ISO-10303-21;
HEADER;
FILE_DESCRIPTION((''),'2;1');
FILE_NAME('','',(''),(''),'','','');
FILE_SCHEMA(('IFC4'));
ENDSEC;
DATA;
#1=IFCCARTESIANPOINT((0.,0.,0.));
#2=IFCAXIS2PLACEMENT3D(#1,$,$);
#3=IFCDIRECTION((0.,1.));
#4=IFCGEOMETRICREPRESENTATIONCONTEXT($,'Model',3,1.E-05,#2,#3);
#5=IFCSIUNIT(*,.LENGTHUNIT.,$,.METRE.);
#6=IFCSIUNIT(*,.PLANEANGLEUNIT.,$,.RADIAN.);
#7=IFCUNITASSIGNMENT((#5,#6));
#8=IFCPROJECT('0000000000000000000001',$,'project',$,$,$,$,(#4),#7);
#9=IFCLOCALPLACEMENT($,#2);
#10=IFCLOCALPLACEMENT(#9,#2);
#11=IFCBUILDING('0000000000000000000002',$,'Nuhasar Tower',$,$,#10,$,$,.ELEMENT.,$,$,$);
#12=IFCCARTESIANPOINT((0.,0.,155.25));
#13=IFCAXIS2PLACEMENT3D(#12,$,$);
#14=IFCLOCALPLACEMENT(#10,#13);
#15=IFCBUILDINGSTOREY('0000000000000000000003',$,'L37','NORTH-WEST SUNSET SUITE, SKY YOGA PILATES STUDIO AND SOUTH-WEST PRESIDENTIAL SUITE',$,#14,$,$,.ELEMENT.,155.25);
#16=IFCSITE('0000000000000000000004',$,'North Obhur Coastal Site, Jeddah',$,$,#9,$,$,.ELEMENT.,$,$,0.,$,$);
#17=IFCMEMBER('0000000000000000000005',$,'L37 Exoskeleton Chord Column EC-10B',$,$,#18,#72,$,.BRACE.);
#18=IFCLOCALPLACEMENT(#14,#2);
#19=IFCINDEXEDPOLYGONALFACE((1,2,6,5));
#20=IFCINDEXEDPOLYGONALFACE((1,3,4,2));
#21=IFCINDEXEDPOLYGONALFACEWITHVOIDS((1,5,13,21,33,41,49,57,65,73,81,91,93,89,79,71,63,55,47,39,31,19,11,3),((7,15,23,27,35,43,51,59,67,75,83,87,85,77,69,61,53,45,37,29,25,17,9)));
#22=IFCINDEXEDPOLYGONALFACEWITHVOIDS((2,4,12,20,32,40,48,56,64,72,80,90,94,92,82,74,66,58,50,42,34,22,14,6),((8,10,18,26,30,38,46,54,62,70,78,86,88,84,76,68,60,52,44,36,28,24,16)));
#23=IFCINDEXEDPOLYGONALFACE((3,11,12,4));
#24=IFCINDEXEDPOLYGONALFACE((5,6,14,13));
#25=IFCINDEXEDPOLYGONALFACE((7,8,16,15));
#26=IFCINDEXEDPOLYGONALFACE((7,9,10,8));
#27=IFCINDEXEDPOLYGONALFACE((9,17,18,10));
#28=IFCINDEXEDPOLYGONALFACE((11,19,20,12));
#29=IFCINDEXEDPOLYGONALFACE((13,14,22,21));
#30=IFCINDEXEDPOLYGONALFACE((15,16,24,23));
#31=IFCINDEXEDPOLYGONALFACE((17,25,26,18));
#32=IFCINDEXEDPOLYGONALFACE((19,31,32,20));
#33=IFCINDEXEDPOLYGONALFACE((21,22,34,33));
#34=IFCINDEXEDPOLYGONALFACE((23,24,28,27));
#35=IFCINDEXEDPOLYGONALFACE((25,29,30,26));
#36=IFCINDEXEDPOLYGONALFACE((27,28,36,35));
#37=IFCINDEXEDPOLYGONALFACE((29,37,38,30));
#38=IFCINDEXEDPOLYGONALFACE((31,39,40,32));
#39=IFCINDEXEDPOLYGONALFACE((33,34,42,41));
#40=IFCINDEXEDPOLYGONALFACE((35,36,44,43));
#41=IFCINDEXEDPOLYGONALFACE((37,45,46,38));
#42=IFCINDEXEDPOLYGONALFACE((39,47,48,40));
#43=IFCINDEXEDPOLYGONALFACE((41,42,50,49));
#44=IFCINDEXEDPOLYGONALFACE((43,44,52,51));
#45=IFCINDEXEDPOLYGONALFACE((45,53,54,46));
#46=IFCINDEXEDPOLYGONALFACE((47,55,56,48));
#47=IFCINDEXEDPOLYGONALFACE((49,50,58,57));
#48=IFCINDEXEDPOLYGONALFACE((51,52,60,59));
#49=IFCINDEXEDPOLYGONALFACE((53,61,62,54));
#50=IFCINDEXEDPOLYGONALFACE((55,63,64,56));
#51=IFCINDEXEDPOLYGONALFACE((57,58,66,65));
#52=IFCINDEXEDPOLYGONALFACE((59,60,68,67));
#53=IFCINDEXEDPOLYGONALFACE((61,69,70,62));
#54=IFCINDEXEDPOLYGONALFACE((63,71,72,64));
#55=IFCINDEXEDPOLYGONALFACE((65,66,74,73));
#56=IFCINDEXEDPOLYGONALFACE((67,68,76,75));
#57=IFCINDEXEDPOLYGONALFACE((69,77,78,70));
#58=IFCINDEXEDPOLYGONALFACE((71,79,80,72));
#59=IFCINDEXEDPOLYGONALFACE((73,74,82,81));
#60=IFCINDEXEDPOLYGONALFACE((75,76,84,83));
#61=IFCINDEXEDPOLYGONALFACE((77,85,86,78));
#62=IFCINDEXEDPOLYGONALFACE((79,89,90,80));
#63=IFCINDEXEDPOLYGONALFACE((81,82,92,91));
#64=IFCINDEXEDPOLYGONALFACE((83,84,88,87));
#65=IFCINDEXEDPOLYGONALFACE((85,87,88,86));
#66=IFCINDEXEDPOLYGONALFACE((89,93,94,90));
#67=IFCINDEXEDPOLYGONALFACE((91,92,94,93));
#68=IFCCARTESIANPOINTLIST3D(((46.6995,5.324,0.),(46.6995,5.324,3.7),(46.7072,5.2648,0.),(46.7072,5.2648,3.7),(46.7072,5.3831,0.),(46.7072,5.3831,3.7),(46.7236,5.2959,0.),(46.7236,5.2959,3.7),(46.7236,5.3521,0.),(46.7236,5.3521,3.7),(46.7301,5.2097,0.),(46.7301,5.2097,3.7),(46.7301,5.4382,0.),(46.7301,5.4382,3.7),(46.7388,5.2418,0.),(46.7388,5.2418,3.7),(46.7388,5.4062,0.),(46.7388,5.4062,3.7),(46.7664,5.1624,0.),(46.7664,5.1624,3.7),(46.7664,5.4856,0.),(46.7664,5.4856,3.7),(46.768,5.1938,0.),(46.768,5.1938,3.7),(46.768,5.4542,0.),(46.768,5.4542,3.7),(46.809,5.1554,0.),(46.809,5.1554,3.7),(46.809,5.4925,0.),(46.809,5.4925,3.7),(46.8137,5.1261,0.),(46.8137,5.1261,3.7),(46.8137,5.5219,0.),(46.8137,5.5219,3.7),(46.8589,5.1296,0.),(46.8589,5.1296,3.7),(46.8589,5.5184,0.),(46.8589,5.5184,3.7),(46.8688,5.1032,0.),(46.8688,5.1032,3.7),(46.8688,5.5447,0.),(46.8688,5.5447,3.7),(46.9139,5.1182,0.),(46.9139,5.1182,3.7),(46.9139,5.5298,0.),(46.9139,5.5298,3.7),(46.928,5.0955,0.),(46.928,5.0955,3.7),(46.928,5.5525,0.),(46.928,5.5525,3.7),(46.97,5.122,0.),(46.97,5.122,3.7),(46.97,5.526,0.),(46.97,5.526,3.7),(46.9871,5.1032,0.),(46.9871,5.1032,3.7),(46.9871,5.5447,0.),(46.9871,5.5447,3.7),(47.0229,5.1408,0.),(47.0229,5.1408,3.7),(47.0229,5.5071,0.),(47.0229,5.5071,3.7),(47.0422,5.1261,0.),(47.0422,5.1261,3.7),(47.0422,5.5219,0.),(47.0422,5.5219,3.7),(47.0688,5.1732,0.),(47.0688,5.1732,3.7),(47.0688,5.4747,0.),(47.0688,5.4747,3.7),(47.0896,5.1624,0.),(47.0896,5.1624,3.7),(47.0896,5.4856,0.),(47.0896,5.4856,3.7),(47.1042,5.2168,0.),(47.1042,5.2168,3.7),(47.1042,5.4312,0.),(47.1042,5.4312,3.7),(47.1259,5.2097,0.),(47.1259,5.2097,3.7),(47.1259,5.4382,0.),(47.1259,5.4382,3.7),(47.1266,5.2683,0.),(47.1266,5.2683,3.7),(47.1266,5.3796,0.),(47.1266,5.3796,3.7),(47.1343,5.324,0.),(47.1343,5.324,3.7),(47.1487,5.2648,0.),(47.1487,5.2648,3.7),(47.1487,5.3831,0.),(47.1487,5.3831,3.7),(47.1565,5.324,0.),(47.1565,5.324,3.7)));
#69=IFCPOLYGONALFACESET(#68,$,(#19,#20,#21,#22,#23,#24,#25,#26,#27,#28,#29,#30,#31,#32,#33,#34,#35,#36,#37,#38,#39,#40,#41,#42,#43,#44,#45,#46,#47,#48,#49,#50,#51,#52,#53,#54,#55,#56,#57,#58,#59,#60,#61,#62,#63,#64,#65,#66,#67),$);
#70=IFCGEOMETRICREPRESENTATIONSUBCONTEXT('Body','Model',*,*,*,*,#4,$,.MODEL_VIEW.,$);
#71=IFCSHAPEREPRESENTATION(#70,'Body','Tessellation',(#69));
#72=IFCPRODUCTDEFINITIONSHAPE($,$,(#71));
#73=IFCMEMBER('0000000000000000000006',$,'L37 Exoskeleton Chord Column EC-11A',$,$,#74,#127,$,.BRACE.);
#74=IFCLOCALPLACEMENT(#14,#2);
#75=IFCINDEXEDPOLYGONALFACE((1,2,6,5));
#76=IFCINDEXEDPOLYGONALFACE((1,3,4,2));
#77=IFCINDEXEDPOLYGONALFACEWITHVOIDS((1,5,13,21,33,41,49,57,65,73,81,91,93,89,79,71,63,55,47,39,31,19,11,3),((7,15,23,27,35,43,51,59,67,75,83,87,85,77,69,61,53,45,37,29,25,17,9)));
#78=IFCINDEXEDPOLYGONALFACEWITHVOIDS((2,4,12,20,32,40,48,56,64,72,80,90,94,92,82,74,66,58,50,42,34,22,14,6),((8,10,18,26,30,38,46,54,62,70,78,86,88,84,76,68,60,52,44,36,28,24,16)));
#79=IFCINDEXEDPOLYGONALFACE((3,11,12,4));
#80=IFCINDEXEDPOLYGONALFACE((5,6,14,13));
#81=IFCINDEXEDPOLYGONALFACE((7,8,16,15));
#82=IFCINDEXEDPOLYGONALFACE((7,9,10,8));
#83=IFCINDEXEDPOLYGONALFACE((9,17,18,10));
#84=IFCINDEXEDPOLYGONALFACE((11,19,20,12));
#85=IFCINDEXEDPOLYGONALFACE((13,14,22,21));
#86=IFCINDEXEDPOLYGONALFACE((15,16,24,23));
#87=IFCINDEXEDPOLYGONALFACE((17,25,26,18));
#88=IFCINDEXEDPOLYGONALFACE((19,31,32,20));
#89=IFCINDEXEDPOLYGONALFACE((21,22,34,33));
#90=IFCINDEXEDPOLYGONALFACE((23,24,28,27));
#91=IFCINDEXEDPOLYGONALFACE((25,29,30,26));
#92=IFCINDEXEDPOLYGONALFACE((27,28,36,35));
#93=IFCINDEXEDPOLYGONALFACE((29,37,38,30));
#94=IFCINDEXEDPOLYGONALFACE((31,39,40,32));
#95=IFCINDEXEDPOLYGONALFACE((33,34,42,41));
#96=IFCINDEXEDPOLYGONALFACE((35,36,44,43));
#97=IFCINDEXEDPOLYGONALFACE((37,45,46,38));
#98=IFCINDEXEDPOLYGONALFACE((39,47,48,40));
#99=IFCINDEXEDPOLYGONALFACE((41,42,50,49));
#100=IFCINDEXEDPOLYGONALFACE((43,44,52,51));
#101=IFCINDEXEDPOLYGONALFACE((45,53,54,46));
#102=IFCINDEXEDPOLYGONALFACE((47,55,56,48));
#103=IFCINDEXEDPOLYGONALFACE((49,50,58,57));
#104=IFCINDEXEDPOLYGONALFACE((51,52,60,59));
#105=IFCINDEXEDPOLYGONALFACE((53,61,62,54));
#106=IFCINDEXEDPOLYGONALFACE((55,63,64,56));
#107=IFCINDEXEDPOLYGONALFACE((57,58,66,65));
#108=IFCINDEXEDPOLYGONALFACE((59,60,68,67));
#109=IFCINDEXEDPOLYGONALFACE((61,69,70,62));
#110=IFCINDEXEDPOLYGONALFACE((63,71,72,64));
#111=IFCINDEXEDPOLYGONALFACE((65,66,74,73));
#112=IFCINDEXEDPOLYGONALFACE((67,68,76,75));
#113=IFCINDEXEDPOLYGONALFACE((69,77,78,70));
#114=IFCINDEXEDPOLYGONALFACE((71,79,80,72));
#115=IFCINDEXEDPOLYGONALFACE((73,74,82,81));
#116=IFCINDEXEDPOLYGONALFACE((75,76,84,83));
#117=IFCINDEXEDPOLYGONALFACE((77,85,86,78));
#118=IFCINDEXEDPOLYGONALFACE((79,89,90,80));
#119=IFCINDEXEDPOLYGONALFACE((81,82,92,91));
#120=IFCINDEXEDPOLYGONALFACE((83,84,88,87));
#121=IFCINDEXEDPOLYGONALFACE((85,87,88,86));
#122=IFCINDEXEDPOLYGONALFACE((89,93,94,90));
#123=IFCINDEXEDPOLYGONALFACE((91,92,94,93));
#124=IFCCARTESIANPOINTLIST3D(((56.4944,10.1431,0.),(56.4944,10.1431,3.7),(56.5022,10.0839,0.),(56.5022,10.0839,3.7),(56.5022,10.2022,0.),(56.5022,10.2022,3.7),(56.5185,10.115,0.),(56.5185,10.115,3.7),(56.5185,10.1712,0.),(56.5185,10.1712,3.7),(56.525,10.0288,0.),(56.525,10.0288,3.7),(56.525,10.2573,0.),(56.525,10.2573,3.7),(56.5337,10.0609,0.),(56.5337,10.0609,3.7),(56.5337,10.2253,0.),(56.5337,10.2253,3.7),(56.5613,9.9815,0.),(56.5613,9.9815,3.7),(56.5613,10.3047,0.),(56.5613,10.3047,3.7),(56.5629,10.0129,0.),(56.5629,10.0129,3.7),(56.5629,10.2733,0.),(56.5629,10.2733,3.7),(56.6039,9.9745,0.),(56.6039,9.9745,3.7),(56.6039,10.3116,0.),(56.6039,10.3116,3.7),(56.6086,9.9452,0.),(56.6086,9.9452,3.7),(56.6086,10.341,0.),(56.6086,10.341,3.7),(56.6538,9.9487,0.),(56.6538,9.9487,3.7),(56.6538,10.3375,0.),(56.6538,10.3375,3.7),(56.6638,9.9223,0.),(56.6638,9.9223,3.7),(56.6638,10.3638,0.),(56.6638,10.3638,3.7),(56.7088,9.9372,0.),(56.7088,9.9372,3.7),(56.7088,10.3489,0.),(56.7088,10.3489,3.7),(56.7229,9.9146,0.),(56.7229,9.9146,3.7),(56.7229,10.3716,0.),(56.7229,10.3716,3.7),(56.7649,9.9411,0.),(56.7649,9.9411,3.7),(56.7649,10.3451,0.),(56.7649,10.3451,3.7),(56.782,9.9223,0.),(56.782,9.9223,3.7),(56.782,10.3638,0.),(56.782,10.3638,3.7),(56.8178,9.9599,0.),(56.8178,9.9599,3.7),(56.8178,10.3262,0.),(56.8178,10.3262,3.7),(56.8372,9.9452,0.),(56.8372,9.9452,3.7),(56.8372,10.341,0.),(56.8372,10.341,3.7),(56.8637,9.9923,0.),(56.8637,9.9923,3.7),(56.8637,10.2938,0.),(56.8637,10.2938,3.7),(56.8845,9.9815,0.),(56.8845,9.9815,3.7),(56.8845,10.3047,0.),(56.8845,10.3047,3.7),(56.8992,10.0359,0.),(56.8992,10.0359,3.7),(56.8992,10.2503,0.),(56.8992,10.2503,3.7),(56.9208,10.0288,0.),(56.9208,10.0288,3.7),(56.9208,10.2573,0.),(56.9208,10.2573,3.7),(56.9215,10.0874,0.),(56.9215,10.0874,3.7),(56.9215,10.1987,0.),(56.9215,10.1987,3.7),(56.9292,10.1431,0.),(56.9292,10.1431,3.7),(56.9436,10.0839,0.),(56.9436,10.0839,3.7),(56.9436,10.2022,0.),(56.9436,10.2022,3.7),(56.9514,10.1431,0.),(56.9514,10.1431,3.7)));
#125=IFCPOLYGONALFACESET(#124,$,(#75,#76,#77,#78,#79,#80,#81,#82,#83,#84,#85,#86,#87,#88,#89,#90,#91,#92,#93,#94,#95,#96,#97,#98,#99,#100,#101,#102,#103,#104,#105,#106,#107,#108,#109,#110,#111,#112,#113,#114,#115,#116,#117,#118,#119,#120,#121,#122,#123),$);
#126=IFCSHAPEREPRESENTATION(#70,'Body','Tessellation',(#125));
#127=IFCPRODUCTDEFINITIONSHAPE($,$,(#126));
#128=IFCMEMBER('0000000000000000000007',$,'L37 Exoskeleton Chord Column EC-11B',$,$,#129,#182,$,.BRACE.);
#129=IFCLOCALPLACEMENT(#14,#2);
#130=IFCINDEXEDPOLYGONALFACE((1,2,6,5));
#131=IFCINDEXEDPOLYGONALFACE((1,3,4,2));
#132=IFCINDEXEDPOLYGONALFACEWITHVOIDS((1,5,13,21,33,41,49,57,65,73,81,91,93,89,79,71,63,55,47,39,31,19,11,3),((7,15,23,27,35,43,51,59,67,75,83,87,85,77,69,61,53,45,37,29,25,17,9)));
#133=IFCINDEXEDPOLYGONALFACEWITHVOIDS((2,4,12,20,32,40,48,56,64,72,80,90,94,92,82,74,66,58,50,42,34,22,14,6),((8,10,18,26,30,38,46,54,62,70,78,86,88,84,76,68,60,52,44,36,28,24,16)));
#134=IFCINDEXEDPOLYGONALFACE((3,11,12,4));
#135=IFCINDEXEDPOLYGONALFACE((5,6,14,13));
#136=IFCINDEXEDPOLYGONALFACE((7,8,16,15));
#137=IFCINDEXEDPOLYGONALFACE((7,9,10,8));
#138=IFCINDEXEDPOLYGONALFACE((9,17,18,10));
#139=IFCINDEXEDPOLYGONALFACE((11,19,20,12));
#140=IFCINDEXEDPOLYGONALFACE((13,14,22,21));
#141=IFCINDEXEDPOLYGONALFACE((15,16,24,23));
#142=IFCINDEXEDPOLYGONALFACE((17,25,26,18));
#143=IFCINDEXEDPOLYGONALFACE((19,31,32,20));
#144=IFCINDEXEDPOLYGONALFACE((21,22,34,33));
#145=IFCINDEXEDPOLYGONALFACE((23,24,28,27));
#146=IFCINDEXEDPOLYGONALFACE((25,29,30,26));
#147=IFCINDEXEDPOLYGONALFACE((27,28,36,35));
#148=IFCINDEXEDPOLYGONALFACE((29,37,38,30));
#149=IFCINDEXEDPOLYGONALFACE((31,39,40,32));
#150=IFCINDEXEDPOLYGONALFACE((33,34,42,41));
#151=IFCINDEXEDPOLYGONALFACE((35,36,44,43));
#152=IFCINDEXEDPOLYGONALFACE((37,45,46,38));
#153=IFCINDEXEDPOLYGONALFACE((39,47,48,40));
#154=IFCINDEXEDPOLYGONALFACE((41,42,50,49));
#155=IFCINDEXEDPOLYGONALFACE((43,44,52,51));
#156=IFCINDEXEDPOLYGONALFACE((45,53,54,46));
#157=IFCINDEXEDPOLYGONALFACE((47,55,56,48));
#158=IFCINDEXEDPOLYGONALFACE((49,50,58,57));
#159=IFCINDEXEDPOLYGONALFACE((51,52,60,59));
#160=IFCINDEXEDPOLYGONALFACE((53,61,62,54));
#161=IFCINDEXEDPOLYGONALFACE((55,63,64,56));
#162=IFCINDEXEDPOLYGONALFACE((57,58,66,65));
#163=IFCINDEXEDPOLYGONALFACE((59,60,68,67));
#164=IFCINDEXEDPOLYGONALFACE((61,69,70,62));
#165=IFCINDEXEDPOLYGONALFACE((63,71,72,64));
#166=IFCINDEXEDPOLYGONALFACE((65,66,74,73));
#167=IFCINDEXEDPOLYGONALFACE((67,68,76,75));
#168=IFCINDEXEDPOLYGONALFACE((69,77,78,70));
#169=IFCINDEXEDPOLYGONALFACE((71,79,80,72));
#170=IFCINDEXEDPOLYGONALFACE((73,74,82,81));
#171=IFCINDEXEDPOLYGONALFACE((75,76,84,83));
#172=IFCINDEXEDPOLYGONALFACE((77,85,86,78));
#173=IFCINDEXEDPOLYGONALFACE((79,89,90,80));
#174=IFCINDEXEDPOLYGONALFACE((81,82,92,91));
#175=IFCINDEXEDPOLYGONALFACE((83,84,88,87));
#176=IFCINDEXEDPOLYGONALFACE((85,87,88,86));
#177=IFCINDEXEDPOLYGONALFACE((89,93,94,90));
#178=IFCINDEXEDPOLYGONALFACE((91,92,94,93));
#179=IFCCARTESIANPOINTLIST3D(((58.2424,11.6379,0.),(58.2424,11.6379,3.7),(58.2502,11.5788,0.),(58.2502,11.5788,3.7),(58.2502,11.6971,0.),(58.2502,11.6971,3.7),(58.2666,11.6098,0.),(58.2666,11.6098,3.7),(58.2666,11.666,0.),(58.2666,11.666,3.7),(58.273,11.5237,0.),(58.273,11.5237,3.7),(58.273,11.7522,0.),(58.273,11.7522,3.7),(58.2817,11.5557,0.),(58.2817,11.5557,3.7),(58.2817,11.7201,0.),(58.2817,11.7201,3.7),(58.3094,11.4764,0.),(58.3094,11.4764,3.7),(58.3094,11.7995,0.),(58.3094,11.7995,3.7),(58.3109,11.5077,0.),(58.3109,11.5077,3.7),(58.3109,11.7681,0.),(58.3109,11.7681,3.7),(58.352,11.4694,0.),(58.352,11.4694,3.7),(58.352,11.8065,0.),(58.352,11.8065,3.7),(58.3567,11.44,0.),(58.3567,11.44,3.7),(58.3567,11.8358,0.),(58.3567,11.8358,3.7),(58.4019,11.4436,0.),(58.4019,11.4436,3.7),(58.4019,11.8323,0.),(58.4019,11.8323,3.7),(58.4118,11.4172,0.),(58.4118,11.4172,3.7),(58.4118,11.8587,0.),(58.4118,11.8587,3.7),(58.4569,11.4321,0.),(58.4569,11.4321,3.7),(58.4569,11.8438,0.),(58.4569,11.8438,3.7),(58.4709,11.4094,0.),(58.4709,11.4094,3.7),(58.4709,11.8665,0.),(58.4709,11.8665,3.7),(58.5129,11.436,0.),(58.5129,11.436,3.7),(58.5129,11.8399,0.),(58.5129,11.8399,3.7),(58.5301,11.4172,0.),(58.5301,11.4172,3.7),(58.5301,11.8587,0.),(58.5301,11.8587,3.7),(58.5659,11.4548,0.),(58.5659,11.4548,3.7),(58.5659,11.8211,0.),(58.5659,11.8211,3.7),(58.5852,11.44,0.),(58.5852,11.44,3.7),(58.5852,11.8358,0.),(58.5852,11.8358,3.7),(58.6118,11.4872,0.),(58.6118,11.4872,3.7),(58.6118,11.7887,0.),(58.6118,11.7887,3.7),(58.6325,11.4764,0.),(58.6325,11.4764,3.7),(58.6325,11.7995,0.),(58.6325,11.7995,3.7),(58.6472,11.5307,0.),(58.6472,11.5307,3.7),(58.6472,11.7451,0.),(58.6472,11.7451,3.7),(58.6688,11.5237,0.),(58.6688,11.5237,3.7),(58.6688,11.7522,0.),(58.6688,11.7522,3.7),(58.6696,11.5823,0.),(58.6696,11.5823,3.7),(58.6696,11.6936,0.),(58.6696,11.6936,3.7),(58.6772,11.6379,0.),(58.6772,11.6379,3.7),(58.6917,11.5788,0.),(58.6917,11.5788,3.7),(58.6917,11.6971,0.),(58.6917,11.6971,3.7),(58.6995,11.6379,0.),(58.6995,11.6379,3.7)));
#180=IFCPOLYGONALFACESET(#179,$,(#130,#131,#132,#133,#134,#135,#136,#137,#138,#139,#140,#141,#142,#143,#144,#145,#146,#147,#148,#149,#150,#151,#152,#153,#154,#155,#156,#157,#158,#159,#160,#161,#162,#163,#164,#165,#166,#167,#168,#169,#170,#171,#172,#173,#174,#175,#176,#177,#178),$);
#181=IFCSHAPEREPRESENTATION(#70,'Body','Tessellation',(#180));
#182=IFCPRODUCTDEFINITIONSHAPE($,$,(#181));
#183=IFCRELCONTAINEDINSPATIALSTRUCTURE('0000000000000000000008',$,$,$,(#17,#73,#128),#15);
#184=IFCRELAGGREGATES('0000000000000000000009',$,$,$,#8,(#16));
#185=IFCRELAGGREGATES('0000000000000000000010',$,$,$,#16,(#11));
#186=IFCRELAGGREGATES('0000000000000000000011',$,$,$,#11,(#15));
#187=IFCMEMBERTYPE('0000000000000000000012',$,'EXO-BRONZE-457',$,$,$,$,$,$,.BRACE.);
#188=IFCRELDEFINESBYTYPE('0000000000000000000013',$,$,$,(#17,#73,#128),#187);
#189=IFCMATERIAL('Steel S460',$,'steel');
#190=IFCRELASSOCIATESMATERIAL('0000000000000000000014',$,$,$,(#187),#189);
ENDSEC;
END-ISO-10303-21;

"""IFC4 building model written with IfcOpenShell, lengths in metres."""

from ifc_helpers import new_model, si_unit, direction, frame, origin, origin_2d, place, context, subcontext, project, spatial, hollow_circle, extrude, material, material_profile, profile_set, type_object, element, save


model = new_model("IFC4")

# Units and contexts
model_context = context("Model", 3, precision=1e-05, world=origin(), true_north=direction((0.0, 1.0)))
body_context = subcontext(model_context, "Body", "Model", "MODEL_VIEW")
ifc_project = project(units=[si_unit("LENGTHUNIT", "METRE"), si_unit("PLANEANGLEUNIT", "RADIAN")], contexts=[model_context])

# Site, building, storey
site_placement = place(None, origin())
site = spatial("IfcSite", under=ifc_project, at=site_placement, Name="North Obhur Coastal Site, Jeddah", CompositionType="ELEMENT", RefElevation=0.0)
building_placement = place(site_placement, origin())
building = spatial("IfcBuilding", under=site, at=building_placement, Name="Nuhasar Tower", CompositionType="ELEMENT")
storey_placement = place(building_placement, frame((0.0, 0.0, 155.25)))
storey = spatial("IfcBuildingStorey", under=building, at=storey_placement, Name="L37", Description="NORTH-WEST SUNSET SUITE, SKY YOGA PILATES STUDIO AND SOUTH-WEST PRESIDENTIAL SUITE", CompositionType="ELEMENT", Elevation=155.25)

# Members
ifc_material_1 = material(Name="Steel S460", Category="steel")
ifc_material_profile_1 = material_profile(ifc_material_1, hollow_circle(Radius=0.2285, WallThickness=0.0222, at=origin_2d()), Name="HSS457X22.2")
ifc_profile_set_1 = profile_set([ifc_material_profile_1], Name="Steel S460")
member_type_1 = type_object("IfcMemberType", Name="EXO-BRONZE-457", PredefinedType="BRACE", material=ifc_profile_set_1)
for number, where, z_axis, x_axis, name in (
    (1, (46.928, 5.324, 0.0), (0.0, 0.0, 1.0), (1.0, 0.0, 0.0), "L37 Exoskeleton Chord Column EC-10B"),
    (2, (56.7229, 10.1431, 0.0), (0.0, 0.0, 1.0), (1.0, 0.0, 0.0), "L37 Exoskeleton Chord Column EC-11A"),
    (3, (58.4709, 11.6379, 0.0), (0.0, 0.0, 1.0), (1.0, 0.0, 0.0), "L37 Exoskeleton Chord Column EC-11B"),
):
    element("IfcMember", number, at=place(storey_placement, frame(where, z_axis=z_axis, x_axis=x_axis)), inside=storey, type_object=member_type_1, Name=name, PredefinedType="BRACE", context=body_context, shape_type="SweptSolid", body=[
        extrude(hollow_circle(Radius=0.2285, WallThickness=0.0222, at=origin_2d()), origin(), (0.0, 0.0, 1.0), 3.7),
    ])

save(model, "model.ifc")
